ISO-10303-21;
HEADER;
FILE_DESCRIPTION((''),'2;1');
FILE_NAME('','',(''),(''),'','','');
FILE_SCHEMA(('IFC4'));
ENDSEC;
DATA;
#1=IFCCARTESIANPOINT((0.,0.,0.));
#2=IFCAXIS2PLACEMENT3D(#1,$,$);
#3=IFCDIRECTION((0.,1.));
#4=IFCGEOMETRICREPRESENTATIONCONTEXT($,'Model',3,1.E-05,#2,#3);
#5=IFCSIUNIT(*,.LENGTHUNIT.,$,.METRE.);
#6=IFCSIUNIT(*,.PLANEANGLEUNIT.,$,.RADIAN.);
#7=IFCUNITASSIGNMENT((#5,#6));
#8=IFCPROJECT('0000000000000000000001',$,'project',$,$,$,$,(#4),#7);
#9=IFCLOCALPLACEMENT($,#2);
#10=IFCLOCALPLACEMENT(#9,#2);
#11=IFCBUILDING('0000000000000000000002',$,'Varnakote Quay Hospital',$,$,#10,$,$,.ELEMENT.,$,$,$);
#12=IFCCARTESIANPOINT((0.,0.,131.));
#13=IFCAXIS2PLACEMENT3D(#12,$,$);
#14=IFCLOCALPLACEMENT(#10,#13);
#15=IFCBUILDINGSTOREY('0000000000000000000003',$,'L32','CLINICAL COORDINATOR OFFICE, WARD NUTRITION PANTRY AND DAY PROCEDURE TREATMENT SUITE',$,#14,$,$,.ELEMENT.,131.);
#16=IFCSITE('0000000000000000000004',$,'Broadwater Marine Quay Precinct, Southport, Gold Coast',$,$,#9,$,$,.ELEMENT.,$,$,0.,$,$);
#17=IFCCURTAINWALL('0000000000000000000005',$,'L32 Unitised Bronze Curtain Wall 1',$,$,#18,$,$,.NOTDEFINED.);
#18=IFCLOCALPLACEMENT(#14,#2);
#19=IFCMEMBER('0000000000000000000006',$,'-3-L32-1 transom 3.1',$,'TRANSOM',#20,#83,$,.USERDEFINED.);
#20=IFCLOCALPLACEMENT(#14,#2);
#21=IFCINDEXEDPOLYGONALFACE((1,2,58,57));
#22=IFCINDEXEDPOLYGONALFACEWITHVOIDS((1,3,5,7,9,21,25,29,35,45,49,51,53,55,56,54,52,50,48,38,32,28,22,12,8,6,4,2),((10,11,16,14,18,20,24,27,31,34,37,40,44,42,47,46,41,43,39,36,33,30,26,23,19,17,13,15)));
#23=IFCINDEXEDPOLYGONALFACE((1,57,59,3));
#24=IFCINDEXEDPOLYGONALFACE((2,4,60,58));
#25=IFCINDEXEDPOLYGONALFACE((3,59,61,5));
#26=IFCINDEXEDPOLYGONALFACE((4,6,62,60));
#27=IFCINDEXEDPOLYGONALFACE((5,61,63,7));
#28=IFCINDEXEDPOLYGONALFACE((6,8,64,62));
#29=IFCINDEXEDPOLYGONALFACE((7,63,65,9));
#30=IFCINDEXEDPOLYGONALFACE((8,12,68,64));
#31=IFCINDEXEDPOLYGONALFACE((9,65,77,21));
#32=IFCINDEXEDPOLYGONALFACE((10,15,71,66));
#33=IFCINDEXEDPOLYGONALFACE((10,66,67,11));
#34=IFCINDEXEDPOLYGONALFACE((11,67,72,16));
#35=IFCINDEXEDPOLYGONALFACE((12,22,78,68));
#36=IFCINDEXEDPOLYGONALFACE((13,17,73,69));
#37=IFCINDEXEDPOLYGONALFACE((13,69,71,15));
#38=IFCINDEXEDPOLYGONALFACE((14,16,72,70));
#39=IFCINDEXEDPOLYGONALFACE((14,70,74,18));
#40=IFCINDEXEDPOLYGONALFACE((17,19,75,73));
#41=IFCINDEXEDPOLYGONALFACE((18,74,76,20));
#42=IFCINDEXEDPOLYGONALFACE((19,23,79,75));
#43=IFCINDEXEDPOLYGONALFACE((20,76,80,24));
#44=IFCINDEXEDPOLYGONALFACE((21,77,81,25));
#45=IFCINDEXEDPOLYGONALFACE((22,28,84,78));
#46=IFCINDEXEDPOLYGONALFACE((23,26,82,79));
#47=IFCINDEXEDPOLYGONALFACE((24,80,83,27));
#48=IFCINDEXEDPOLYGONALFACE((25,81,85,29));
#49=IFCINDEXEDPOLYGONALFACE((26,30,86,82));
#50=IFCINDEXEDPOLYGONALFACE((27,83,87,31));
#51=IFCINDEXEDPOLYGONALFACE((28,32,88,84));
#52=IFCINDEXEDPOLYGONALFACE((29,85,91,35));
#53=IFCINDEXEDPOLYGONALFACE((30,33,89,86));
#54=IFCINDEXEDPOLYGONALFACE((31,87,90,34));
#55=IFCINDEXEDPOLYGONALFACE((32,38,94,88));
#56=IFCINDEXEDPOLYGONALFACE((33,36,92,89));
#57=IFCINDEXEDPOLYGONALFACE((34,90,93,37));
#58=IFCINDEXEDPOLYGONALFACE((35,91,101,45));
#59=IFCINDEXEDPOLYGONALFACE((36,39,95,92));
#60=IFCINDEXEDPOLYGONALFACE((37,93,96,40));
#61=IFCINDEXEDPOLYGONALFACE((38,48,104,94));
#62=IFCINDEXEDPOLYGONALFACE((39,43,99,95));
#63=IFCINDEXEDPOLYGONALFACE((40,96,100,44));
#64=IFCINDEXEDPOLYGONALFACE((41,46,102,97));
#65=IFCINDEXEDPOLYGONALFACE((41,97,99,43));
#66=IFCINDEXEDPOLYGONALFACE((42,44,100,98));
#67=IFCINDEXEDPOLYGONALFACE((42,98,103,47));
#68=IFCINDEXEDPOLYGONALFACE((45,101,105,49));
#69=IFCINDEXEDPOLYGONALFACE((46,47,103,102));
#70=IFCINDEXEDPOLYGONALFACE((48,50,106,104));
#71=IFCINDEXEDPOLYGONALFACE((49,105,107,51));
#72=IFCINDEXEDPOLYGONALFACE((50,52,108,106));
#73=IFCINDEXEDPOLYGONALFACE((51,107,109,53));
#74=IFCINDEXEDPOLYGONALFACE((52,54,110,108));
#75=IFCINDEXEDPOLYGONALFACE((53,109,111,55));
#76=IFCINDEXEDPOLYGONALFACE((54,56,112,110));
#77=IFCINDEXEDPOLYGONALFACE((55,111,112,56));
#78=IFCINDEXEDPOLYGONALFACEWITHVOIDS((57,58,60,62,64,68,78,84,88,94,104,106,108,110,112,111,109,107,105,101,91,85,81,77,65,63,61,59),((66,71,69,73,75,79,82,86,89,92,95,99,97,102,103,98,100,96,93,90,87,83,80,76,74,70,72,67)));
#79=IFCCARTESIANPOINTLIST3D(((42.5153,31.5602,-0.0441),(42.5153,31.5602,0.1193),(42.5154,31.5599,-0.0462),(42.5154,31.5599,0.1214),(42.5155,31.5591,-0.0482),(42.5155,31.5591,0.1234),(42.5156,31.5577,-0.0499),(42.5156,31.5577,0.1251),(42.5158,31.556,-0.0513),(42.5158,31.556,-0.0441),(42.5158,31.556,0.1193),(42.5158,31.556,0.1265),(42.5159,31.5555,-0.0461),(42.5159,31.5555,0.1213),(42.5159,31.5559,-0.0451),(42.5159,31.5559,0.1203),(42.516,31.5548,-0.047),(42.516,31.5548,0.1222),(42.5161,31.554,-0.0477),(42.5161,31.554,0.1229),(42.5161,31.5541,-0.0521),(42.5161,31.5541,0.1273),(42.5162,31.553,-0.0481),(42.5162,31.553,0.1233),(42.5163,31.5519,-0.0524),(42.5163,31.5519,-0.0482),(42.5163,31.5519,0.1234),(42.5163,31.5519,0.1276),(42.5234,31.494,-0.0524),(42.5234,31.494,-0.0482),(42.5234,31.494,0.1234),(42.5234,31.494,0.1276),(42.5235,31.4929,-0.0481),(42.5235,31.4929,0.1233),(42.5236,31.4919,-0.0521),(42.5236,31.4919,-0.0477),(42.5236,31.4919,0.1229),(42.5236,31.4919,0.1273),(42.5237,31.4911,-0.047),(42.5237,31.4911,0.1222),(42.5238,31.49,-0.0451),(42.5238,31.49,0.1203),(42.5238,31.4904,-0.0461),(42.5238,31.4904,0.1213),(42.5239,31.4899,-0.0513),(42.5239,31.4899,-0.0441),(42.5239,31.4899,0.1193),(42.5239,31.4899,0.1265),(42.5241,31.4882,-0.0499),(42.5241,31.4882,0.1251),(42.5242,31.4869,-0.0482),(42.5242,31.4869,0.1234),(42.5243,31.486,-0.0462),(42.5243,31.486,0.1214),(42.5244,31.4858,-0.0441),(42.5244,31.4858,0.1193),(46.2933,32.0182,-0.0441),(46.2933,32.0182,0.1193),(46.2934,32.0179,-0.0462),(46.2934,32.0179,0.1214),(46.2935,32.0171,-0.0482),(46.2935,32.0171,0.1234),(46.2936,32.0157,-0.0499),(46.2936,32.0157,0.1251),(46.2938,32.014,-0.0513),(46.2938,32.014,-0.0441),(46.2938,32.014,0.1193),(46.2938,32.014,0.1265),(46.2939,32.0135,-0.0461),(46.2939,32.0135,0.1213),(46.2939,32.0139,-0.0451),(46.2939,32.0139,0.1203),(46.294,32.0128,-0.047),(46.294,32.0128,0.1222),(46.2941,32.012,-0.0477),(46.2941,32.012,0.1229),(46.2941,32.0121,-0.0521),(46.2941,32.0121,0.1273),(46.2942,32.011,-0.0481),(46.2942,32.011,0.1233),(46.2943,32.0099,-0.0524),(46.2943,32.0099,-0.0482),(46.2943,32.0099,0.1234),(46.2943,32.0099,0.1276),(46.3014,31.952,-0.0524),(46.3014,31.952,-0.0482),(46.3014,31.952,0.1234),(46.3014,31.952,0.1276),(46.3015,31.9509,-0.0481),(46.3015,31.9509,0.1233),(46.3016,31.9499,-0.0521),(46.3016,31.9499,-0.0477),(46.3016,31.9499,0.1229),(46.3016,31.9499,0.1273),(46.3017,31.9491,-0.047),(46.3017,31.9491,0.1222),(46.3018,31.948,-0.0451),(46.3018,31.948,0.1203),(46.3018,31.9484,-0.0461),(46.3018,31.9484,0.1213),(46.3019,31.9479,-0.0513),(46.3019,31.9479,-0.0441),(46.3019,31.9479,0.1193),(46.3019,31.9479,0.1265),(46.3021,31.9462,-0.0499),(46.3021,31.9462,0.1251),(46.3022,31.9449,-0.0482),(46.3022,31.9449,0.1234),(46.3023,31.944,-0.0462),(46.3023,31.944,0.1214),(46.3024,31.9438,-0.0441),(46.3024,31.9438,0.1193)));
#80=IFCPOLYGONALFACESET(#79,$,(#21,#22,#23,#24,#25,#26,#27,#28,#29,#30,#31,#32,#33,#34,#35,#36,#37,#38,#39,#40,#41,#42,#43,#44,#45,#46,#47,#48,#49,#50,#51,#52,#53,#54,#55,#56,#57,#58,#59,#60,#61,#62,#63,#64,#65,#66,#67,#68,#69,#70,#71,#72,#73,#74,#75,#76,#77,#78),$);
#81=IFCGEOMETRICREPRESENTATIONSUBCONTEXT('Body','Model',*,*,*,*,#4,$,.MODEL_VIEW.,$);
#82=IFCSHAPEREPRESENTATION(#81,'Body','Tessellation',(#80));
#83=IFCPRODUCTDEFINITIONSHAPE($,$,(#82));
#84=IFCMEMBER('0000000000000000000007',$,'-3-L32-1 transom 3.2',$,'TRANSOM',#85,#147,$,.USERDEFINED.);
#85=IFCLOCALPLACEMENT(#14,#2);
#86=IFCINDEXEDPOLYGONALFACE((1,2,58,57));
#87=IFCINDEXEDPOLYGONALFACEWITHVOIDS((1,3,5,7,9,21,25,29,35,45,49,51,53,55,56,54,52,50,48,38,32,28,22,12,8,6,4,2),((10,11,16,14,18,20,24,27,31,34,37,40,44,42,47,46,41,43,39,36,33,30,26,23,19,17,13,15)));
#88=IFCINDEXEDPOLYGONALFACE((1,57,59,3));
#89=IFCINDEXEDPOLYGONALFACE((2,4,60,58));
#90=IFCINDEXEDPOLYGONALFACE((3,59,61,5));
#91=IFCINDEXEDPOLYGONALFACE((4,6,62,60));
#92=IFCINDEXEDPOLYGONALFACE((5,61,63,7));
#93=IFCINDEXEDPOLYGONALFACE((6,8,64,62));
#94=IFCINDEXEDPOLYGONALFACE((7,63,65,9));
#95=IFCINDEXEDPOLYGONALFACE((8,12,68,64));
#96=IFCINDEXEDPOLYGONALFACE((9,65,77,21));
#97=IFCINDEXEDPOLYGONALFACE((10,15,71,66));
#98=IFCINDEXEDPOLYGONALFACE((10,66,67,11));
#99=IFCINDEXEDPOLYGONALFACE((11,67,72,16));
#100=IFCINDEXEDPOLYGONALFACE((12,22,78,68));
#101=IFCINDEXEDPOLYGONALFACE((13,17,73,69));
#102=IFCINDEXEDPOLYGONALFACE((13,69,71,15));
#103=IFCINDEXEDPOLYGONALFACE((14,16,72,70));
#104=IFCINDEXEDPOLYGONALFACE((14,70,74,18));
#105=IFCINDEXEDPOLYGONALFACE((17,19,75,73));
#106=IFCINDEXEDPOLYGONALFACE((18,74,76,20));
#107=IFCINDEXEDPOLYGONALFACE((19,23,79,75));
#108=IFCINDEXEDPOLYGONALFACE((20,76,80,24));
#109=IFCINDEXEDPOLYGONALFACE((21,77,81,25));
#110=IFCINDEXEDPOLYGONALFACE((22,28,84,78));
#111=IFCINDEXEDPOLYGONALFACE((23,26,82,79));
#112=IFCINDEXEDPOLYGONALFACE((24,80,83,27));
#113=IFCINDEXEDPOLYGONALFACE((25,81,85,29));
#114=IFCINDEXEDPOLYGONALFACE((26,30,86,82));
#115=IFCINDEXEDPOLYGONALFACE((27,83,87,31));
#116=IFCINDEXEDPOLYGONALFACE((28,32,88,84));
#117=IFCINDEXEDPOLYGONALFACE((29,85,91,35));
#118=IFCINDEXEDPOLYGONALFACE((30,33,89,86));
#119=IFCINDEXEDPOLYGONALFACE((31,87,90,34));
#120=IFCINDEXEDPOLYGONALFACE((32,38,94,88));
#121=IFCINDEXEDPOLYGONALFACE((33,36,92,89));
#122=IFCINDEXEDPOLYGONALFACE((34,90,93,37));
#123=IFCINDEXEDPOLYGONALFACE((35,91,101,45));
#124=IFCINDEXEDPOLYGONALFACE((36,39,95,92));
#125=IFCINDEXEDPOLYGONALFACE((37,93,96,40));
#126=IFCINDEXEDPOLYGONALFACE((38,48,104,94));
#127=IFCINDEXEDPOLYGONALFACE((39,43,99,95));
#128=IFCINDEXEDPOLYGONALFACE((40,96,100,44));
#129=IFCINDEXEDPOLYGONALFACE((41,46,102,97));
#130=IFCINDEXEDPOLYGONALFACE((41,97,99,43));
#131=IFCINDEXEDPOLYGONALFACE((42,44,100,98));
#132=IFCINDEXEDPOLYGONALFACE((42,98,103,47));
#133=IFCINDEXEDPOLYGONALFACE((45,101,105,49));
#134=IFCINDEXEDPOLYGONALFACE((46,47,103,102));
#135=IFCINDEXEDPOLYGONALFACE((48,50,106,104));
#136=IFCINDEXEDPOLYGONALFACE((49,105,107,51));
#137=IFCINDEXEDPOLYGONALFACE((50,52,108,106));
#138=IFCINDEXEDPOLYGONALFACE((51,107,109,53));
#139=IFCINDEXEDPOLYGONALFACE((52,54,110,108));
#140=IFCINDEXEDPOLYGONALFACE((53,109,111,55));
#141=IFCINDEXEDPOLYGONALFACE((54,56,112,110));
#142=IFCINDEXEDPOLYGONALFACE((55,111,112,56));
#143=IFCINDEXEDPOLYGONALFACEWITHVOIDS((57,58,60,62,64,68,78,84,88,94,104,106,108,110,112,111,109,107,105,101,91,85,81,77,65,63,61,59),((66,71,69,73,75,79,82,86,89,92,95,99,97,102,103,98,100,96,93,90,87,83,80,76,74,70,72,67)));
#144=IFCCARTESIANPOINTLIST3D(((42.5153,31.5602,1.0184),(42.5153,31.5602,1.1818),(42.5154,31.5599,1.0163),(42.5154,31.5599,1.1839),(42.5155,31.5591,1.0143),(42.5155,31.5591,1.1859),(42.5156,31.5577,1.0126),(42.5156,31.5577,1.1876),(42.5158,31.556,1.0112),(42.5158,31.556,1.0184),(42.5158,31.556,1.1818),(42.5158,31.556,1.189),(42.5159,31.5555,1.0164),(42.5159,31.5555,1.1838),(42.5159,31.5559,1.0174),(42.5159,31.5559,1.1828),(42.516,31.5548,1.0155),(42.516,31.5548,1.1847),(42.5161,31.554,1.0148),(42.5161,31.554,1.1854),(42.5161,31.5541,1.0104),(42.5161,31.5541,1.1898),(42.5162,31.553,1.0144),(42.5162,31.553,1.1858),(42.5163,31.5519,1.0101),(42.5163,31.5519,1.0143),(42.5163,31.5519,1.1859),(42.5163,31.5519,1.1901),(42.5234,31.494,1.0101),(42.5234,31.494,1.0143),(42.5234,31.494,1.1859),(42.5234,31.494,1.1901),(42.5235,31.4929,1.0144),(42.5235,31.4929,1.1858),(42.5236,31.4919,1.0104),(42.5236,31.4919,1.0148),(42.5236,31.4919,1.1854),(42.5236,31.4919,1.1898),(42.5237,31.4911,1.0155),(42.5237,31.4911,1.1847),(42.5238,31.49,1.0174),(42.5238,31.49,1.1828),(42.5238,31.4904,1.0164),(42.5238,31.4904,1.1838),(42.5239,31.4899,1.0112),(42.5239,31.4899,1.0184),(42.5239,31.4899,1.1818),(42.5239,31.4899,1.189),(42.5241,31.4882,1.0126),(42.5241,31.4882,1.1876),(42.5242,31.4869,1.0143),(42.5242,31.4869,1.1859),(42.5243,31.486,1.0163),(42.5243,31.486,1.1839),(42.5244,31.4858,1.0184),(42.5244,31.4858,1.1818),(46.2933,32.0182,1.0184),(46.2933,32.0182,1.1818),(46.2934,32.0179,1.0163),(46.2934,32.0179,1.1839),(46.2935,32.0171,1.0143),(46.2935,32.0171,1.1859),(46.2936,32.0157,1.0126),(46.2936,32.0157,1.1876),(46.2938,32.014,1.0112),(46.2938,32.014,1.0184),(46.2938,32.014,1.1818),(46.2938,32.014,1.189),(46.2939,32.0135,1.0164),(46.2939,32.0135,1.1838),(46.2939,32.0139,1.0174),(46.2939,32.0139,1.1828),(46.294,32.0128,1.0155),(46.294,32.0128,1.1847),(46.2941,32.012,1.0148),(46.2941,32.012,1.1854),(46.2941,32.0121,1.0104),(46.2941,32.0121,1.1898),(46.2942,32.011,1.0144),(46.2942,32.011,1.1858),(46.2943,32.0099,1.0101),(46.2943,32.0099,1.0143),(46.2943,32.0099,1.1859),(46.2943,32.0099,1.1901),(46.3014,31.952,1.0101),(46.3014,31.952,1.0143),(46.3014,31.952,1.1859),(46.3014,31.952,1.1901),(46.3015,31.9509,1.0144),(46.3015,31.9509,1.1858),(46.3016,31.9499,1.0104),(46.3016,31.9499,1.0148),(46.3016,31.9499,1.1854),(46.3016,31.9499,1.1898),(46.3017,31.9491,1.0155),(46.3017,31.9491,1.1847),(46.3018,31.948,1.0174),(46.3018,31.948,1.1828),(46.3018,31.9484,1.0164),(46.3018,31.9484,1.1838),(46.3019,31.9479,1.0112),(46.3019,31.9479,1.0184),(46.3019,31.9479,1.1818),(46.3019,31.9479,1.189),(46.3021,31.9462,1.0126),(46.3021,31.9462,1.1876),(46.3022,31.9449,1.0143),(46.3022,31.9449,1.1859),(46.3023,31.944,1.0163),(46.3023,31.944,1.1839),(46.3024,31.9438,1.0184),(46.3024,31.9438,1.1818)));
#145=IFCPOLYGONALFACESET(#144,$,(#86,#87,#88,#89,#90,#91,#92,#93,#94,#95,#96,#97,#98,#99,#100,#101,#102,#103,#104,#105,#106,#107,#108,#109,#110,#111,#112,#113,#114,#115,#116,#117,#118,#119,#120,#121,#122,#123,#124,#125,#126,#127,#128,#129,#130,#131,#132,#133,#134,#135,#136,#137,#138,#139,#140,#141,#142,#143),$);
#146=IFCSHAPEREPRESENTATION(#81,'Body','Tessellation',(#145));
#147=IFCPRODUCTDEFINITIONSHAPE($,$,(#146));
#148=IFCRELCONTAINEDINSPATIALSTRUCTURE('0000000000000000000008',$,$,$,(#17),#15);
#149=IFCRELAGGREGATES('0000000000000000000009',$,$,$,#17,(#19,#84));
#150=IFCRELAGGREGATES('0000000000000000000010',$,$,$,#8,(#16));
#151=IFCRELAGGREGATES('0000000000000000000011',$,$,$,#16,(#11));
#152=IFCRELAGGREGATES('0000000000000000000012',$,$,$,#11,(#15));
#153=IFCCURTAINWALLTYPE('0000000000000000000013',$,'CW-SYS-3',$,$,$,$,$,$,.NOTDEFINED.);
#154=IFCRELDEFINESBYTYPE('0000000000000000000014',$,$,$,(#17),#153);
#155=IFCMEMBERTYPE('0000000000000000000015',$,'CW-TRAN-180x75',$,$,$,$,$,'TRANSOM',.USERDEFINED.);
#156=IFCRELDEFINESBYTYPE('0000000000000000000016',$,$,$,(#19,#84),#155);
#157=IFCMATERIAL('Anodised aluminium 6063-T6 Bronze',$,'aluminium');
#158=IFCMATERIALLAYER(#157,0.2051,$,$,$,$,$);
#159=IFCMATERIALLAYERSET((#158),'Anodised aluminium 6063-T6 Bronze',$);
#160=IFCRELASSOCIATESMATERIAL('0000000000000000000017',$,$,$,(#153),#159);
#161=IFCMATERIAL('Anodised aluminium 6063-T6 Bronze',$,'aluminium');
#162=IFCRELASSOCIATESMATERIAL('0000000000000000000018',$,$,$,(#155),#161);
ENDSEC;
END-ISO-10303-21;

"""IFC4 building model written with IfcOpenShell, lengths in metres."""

from ifc_helpers import new_model, si_unit, direction, frame, origin, origin_2d, place, context, subcontext, project, spatial, hollow_rectangle, extrude, material, layer, layer_set, material_profile, profile_set, type_object, element, aggregate, save


model = new_model("IFC4")

# Units and contexts
model_context = context("Model", 3, precision=1e-05, world=origin(), true_north=direction((0.0, 1.0)))
body_context = subcontext(model_context, "Body", "Model", "MODEL_VIEW")
ifc_project = project(units=[si_unit("LENGTHUNIT", "METRE"), si_unit("PLANEANGLEUNIT", "RADIAN")], contexts=[model_context])

# Site, building, storey
site_placement = place(None, origin())
site = spatial("IfcSite", under=ifc_project, at=site_placement, Name="Broadwater Marine Quay Precinct, Southport, Gold Coast", CompositionType="ELEMENT", RefElevation=0.0)
building_placement = place(site_placement, origin())
building = spatial("IfcBuilding", under=site, at=building_placement, Name="Varnakote Quay Hospital", CompositionType="ELEMENT")
storey_placement = place(building_placement, frame((0.0, 0.0, 131.0)))
storey = spatial("IfcBuildingStorey", under=building, at=storey_placement, Name="L32", Description="CLINICAL COORDINATOR OFFICE, WARD NUTRITION PANTRY AND DAY PROCEDURE TREATMENT SUITE", CompositionType="ELEMENT", Elevation=131.0)

# Curtain wall, members
ifc_material_1 = material(Name="Anodised aluminium 6063-T6 Bronze", Category="aluminium")
ifc_layer_1 = layer(ifc_material_1, 0.2051)
ifc_layer_set_1 = layer_set([ifc_layer_1], Name="Anodised aluminium 6063-T6 Bronze")
curtain_wall_type = type_object("IfcCurtainWallType", Name="CW-SYS-3", PredefinedType="NOTDEFINED", material=ifc_layer_set_1)
curtain_wall_placement = place(storey_placement, origin())
curtain_wall = element("IfcCurtainWall", 1, at=curtain_wall_placement, inside=storey, type_object=curtain_wall_type, Name="L32 Unitised Bronze Curtain Wall 1", PredefinedType="NOTDEFINED")
ifc_material_2 = material(Name="Anodised aluminium 6063-T6 Bronze", Category="aluminium")
ifc_material_profile_1 = material_profile(ifc_material_2, hollow_rectangle(XDim=0.075, YDim=0.1799, WallThickness=0.0042, InnerFilletRadius=0.0042, OuterFilletRadius=0.0083, at=origin_2d()), Name="CW-TRAN-180x75")
ifc_profile_set_1 = profile_set([ifc_material_profile_1], Name="Anodised aluminium 6063-T6 Bronze")
member_type_1 = type_object("IfcMemberType", Name="CW-TRAN-180x75", ElementType="TRANSOM", PredefinedType="USERDEFINED", material=ifc_profile_set_1)
member_1_placement = place(storey_placement, frame((46.2979, 31.981, 0.0376), z_axis=(-0.992732, -0.120347, 0.0), x_axis=(0.120347, -0.992732, 0.0)))
member_1 = element("IfcMember", 2, at=member_1_placement, type_object=member_type_1, Name="-3-L32-1 transom 3.1", ObjectType="TRANSOM", PredefinedType="USERDEFINED", context=body_context, shape_type="SweptSolid", body=[
    extrude(hollow_rectangle(XDim=0.075, YDim=0.1799, WallThickness=0.0042, InnerFilletRadius=0.0042, OuterFilletRadius=0.0083, at=origin_2d()), origin(), (0.0, 0.0, 1.0), 3.8057),
])
member_2_placement = place(storey_placement, frame((46.2979, 31.981, 1.1001), z_axis=(-0.992732, -0.120347, 0.0), x_axis=(0.120347, -0.992732, 0.0)))
member_2 = element("IfcMember", 3, at=member_2_placement, type_object=member_type_1, Name="-3-L32-1 transom 3.2", ObjectType="TRANSOM", PredefinedType="USERDEFINED", context=body_context, shape_type="SweptSolid", body=[
    extrude(hollow_rectangle(XDim=0.075, YDim=0.1799, WallThickness=0.0042, InnerFilletRadius=0.0042, OuterFilletRadius=0.0083, at=origin_2d()), origin(), (0.0, 0.0, 1.0), 3.8057),
])

aggregate(curtain_wall, [member_1, member_2])

save(model, "model.ifc")
